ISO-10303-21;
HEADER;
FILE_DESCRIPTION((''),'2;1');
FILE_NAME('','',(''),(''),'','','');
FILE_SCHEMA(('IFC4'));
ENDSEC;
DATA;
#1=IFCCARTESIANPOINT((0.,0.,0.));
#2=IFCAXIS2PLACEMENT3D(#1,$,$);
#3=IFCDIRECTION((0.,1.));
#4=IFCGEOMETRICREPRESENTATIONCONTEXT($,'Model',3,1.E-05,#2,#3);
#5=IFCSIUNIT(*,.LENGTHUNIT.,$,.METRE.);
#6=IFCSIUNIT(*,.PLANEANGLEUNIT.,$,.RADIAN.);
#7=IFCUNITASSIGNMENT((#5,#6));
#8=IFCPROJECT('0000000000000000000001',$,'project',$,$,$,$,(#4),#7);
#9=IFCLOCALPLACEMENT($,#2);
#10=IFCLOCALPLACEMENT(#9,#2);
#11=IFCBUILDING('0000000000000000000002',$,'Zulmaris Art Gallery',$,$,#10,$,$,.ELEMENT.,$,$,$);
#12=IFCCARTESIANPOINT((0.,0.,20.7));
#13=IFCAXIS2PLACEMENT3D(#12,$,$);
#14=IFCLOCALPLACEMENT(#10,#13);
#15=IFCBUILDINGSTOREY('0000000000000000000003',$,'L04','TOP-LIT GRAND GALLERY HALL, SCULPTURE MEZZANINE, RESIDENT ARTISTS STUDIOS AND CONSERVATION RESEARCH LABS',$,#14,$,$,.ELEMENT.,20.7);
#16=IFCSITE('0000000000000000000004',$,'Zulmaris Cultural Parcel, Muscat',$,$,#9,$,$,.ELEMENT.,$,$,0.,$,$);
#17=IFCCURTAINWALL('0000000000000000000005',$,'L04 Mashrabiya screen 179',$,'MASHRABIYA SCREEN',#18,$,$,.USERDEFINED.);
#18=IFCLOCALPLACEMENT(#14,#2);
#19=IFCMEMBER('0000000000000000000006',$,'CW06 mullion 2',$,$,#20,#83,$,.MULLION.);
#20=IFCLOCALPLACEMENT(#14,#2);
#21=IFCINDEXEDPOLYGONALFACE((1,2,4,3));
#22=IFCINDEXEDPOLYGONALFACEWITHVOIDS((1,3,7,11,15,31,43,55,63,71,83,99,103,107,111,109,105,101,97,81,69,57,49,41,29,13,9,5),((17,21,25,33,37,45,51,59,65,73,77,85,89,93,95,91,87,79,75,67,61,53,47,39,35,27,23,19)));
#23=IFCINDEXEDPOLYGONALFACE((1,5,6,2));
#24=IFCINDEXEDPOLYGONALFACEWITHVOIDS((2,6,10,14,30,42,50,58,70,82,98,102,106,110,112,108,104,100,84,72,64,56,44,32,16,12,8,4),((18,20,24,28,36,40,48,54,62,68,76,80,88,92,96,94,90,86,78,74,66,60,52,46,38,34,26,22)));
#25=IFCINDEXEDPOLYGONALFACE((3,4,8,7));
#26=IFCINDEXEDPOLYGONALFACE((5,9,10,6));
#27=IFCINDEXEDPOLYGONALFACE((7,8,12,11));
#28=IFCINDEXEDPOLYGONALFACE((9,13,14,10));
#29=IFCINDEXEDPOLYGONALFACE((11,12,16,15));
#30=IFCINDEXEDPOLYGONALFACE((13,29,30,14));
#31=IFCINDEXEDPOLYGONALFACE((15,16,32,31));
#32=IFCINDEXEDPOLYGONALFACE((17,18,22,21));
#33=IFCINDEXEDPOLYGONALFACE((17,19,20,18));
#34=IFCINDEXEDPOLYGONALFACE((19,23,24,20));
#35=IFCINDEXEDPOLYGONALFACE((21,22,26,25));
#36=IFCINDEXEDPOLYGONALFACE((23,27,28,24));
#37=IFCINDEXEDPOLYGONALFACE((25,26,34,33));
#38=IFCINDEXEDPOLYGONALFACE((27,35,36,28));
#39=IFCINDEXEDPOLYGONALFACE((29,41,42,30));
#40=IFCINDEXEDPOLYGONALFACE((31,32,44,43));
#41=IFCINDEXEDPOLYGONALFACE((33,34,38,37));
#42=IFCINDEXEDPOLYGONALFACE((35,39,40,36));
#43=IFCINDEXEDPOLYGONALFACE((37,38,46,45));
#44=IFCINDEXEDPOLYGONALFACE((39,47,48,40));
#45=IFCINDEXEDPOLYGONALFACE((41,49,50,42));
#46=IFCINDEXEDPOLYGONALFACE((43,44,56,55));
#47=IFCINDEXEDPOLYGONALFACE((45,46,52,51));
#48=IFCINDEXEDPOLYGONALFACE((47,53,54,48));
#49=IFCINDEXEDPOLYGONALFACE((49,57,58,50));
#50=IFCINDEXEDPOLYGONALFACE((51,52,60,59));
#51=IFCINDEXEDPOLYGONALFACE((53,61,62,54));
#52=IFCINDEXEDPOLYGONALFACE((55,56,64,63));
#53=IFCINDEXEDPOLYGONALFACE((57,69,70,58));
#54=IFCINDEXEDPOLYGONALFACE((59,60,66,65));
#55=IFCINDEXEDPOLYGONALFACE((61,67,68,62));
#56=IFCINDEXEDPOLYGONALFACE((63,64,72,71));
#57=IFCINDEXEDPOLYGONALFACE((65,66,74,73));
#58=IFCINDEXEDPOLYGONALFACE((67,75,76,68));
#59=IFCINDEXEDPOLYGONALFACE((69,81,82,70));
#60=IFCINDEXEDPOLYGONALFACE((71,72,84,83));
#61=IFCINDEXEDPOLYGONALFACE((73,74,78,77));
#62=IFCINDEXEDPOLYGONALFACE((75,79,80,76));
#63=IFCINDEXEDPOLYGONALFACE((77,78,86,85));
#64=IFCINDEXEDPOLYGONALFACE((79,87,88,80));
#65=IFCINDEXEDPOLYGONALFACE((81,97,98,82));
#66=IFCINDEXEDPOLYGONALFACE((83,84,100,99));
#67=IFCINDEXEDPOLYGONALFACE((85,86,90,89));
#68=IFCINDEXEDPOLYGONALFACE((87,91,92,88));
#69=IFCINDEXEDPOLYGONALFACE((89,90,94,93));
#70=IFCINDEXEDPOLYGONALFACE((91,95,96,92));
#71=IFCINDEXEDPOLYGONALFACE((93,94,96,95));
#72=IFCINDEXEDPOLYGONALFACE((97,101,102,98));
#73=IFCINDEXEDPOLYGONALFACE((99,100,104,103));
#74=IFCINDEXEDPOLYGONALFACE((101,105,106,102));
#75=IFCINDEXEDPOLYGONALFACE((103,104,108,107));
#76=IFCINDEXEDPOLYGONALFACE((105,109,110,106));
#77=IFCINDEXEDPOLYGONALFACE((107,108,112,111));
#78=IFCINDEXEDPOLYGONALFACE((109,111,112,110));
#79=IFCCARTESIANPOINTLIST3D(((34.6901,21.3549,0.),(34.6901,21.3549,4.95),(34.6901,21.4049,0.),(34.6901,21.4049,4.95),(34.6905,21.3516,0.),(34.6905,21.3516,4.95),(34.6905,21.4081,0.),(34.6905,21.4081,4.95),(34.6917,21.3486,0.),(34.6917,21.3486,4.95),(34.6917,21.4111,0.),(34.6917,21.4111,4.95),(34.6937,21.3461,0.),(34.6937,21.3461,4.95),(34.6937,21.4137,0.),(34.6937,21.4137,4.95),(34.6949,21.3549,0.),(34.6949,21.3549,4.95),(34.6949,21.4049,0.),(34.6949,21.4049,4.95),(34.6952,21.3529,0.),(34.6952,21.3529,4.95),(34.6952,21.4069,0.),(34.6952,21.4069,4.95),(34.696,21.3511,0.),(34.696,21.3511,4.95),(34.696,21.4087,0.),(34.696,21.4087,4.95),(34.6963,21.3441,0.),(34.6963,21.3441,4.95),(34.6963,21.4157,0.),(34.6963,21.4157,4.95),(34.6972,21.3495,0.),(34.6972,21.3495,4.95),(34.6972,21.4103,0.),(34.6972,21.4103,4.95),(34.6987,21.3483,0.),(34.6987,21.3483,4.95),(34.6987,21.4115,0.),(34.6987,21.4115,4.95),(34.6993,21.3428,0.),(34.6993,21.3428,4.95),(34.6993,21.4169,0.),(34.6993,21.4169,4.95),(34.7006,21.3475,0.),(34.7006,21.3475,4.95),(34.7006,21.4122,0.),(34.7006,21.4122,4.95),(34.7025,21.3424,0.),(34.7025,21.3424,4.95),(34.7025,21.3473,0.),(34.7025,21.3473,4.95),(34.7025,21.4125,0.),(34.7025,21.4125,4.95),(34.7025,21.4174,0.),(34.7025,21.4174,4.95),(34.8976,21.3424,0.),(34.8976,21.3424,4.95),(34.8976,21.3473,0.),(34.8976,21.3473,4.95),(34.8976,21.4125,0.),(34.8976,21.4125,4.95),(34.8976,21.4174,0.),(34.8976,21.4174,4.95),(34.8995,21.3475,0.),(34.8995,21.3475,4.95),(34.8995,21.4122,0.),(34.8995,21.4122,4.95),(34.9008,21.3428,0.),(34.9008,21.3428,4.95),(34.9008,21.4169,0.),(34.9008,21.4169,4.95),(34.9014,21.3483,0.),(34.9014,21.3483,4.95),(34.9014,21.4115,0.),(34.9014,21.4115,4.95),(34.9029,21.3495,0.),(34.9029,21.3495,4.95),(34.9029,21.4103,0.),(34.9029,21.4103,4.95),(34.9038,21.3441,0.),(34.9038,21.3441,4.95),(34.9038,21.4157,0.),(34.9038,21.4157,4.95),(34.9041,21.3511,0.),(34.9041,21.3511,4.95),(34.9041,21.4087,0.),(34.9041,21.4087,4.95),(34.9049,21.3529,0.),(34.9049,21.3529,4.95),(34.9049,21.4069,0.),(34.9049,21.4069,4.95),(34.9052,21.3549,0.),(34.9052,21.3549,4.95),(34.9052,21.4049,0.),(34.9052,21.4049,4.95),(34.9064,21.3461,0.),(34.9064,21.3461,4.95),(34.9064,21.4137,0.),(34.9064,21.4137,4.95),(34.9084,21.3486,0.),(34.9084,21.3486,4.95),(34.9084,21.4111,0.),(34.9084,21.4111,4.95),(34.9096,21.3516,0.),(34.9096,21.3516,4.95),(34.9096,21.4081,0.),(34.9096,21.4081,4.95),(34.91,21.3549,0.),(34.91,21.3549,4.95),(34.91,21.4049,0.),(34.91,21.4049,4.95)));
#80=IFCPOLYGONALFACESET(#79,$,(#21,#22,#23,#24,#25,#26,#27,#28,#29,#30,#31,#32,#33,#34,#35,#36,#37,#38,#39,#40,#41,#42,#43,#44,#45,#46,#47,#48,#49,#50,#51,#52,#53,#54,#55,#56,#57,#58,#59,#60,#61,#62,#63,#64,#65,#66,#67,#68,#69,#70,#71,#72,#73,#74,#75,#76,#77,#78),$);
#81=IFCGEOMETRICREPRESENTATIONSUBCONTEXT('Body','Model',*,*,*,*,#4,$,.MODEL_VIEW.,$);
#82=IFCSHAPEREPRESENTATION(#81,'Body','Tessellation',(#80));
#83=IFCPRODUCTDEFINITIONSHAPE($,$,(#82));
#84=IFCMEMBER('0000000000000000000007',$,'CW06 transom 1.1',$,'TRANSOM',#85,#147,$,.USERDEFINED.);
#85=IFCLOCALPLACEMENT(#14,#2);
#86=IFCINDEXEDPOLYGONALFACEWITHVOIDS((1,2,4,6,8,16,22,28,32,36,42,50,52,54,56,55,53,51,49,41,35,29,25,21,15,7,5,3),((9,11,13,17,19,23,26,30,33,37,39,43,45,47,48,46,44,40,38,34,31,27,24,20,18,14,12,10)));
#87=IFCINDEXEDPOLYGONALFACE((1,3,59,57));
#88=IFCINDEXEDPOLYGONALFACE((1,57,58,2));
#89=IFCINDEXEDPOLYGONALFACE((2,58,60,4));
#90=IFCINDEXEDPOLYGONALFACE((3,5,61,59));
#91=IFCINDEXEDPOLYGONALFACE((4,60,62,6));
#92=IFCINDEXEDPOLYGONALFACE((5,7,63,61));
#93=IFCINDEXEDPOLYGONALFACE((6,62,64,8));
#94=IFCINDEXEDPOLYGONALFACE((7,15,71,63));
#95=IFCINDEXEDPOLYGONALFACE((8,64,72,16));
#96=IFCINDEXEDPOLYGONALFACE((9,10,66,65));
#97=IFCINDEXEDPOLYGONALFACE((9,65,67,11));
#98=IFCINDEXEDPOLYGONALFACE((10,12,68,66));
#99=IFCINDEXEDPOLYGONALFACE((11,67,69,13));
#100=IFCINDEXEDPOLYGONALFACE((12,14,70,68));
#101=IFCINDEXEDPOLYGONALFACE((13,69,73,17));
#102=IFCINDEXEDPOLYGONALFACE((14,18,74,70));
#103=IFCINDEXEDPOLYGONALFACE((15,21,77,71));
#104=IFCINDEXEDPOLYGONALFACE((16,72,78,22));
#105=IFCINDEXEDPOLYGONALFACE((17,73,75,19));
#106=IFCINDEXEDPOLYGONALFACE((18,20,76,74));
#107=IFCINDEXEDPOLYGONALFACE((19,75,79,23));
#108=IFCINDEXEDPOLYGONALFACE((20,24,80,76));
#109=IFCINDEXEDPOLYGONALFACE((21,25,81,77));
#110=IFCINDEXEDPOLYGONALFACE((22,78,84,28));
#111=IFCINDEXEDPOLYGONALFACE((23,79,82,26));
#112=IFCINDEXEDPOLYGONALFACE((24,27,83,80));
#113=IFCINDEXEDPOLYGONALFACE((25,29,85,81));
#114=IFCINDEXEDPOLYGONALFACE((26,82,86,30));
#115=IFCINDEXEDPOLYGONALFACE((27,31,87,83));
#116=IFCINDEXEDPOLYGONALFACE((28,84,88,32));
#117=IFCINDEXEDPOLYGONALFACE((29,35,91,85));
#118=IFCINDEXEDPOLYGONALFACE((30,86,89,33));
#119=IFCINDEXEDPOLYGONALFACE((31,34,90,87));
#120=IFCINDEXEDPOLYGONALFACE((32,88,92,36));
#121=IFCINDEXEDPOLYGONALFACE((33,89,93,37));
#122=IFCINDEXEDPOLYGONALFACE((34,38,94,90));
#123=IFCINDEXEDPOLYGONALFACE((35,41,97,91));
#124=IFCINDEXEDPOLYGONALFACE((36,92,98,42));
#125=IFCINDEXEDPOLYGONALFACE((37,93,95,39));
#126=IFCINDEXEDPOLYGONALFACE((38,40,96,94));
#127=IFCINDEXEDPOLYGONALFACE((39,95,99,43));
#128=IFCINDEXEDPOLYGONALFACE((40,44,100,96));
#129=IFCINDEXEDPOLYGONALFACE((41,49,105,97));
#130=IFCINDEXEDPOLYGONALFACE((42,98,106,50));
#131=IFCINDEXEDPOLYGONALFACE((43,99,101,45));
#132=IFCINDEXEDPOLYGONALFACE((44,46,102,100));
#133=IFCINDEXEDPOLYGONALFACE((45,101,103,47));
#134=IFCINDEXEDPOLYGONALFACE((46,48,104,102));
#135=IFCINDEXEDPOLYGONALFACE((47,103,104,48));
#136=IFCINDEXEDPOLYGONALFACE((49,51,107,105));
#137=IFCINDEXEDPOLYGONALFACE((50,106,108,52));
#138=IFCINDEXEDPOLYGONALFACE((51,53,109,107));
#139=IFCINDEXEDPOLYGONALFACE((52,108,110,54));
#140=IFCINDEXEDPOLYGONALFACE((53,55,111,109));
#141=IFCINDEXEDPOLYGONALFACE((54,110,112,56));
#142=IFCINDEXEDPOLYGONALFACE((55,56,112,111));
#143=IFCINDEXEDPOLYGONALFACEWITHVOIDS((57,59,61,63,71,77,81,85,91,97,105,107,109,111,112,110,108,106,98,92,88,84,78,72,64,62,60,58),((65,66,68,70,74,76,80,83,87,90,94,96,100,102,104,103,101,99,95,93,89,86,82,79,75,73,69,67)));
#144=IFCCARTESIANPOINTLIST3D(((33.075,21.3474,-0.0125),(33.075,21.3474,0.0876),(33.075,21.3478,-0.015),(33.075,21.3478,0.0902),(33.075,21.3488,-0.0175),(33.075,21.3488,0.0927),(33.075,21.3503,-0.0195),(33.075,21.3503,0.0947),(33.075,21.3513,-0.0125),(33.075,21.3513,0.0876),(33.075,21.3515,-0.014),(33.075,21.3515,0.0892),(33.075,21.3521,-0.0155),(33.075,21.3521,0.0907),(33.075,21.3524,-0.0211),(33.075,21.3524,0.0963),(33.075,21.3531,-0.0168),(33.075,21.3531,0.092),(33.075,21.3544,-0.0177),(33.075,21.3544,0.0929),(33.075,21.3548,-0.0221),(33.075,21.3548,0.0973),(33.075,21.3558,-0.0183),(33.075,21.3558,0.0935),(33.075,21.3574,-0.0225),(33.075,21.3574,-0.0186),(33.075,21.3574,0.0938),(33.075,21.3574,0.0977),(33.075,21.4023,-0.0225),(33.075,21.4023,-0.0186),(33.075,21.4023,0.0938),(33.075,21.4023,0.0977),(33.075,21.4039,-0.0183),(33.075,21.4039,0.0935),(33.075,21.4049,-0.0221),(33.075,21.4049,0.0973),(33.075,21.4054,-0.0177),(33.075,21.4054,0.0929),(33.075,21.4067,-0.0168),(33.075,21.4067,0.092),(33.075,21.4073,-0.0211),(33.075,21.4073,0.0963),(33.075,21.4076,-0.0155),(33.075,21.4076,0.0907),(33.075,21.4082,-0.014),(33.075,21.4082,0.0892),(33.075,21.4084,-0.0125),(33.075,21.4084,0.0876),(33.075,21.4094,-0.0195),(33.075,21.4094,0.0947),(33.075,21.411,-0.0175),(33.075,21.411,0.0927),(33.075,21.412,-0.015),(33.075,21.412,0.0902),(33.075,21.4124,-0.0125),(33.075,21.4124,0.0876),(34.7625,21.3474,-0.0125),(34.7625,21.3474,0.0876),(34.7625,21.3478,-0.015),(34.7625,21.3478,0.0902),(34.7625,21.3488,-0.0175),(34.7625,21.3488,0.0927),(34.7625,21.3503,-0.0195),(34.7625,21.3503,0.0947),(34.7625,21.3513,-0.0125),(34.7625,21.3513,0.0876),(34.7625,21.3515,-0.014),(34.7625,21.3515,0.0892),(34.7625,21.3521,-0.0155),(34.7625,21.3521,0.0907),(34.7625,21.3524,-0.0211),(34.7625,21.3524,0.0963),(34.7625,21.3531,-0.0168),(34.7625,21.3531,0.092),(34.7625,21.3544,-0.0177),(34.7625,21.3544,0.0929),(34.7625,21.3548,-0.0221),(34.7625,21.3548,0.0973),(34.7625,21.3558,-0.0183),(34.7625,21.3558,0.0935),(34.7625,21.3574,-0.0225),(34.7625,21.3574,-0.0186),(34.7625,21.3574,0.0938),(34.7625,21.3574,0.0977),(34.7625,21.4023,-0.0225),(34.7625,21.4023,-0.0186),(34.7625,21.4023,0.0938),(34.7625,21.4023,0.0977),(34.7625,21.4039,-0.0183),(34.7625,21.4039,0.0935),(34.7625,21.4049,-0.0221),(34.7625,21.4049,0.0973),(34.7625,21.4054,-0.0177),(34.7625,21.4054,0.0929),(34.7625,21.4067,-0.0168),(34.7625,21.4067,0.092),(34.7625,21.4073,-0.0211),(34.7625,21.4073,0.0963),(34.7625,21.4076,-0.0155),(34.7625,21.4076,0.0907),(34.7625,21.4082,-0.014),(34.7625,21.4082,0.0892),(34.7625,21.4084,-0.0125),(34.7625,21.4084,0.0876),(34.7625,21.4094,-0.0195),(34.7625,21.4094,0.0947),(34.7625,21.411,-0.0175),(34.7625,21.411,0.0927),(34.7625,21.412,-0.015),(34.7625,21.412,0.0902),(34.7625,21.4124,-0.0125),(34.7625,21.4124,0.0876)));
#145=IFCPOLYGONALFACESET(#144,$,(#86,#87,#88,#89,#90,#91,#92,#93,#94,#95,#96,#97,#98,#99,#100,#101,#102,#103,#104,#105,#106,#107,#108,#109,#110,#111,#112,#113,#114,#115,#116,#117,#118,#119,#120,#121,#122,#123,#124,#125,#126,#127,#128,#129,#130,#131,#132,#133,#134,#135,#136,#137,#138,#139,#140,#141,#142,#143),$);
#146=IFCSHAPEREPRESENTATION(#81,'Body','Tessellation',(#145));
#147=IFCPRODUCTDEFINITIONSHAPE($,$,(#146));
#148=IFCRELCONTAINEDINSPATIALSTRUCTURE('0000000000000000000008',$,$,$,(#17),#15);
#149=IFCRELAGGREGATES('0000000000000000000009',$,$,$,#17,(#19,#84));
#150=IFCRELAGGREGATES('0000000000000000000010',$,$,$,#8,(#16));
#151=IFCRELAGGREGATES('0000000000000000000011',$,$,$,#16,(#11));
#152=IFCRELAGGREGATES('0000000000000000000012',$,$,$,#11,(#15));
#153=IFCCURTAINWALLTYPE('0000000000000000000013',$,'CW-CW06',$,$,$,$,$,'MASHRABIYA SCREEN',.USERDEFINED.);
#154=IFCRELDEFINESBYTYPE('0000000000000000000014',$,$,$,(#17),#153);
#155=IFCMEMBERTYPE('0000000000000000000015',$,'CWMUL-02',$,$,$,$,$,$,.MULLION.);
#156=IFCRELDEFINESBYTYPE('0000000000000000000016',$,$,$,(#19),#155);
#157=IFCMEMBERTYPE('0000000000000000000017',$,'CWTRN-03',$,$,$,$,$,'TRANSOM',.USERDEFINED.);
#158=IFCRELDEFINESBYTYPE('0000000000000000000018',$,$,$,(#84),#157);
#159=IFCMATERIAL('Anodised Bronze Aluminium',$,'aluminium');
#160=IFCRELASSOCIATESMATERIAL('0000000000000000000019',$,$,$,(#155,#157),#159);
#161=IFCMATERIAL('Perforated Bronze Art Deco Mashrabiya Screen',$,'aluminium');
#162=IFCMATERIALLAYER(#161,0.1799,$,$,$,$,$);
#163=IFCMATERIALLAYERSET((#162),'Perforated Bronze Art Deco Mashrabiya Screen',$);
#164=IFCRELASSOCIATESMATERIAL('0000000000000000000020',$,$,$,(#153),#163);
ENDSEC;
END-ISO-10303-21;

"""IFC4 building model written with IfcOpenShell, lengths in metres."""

from ifc_helpers import new_model, si_unit, direction, frame, origin, origin_2d, place, context, subcontext, project, spatial, hollow_rectangle, extrude, material, layer, layer_set, material_profile, profile_set, type_object, element, aggregate, save


model = new_model("IFC4")

# Units and contexts
model_context = context("Model", 3, precision=1e-05, world=origin(), true_north=direction((0.0, 1.0)))
body_context = subcontext(model_context, "Body", "Model", "MODEL_VIEW")
ifc_project = project(units=[si_unit("LENGTHUNIT", "METRE"), si_unit("PLANEANGLEUNIT", "RADIAN")], contexts=[model_context])

# Site, building, storey
site_placement = place(None, origin())
site = spatial("IfcSite", under=ifc_project, at=site_placement, Name="Zulmaris Cultural Parcel, Muscat", CompositionType="ELEMENT", RefElevation=0.0)
building_placement = place(site_placement, origin())
building = spatial("IfcBuilding", under=site, at=building_placement, Name="Zulmaris Art Gallery", CompositionType="ELEMENT")
storey_placement = place(building_placement, frame((0.0, 0.0, 20.7)))
storey = spatial("IfcBuildingStorey", under=building, at=storey_placement, Name="L04", Description="TOP-LIT GRAND GALLERY HALL, SCULPTURE MEZZANINE, RESIDENT ARTISTS STUDIOS AND CONSERVATION RESEARCH LABS", CompositionType="ELEMENT", Elevation=20.7)

# Shared definitions
ifc_material_1 = material(Name="Anodised Bronze Aluminium", Category="aluminium")
ifc_material_profile_1 = material_profile(ifc_material_1, hollow_rectangle(XDim=0.075, YDim=0.22, WallThickness=0.0049, InnerFilletRadius=0.0076, OuterFilletRadius=0.0125, at=origin_2d()), Name="ALU 75x220x5")
ifc_profile_set_1 = profile_set([ifc_material_profile_1], Name="Anodised Bronze Aluminium")
member_type_1 = type_object("IfcMemberType", Name="CWMUL-02", PredefinedType="MULLION", material=ifc_profile_set_1)
ifc_material_2 = material(Name="Perforated Bronze Art Deco Mashrabiya Screen", Category="aluminium")
ifc_layer_1 = layer(ifc_material_2, 0.1799)
ifc_layer_set_1 = layer_set([ifc_layer_1], Name="Perforated Bronze Art Deco Mashrabiya Screen")
curtain_wall_type_1 = type_object("IfcCurtainWallType", Name="CW-CW06", ElementType="MASHRABIYA SCREEN", PredefinedType="USERDEFINED", material=ifc_layer_set_1)

# Curtain wall, members
curtain_wall_1_placement = place(storey_placement, origin())
curtain_wall_1 = element("IfcCurtainWall", 1, at=curtain_wall_1_placement, inside=storey, type_object=curtain_wall_type_1, Name="L04 Mashrabiya screen 179", ObjectType="MASHRABIYA SCREEN", PredefinedType="USERDEFINED")
member_1_placement = place(storey_placement, frame((34.8, 21.3799, 0.0), z_axis=(0.0, 0.0, 1.0), x_axis=(0.0, 1.0, 0.0)))
member_1 = element("IfcMember", 2, at=member_1_placement, type_object=member_type_1, Name="CW06 mullion 2", PredefinedType="MULLION", context=body_context, shape_type="SweptSolid", body=[
    extrude(hollow_rectangle(XDim=0.075, YDim=0.22, WallThickness=0.0049, InnerFilletRadius=0.0076, OuterFilletRadius=0.0125, at=origin_2d()), origin(), (0.0, 0.0, 1.0), 4.95),
])
ifc_material_profile_2 = material_profile(ifc_material_1, hollow_rectangle(XDim=0.0649, YDim=0.1201, WallThickness=0.0039, InnerFilletRadius=0.0061, OuterFilletRadius=0.01, at=origin_2d()), Name="ALU 65x120x4")
ifc_profile_set_2 = profile_set([ifc_material_profile_2], Name="Anodised Bronze Aluminium")
member_type_2 = type_object("IfcMemberType", Name="CWTRN-03", ElementType="TRANSOM", PredefinedType="USERDEFINED", material=ifc_profile_set_2)
member_2_placement = place(storey_placement, frame((33.075, 21.3799, 0.0376), z_axis=(1.0, 0.0, 0.0), x_axis=(0.0, 1.0, 0.0)))
member_2 = element("IfcMember", 3, at=member_2_placement, type_object=member_type_2, Name="CW06 transom 1.1", ObjectType="TRANSOM", PredefinedType="USERDEFINED", context=body_context, shape_type="SweptSolid", body=[
    extrude(hollow_rectangle(XDim=0.0649, YDim=0.1201, WallThickness=0.0039, InnerFilletRadius=0.0061, OuterFilletRadius=0.01, at=origin_2d()), origin(), (0.0, 0.0, 1.0), 1.6875),
])

aggregate(curtain_wall_1, [member_1, member_2])

save(model, "model.ifc")
